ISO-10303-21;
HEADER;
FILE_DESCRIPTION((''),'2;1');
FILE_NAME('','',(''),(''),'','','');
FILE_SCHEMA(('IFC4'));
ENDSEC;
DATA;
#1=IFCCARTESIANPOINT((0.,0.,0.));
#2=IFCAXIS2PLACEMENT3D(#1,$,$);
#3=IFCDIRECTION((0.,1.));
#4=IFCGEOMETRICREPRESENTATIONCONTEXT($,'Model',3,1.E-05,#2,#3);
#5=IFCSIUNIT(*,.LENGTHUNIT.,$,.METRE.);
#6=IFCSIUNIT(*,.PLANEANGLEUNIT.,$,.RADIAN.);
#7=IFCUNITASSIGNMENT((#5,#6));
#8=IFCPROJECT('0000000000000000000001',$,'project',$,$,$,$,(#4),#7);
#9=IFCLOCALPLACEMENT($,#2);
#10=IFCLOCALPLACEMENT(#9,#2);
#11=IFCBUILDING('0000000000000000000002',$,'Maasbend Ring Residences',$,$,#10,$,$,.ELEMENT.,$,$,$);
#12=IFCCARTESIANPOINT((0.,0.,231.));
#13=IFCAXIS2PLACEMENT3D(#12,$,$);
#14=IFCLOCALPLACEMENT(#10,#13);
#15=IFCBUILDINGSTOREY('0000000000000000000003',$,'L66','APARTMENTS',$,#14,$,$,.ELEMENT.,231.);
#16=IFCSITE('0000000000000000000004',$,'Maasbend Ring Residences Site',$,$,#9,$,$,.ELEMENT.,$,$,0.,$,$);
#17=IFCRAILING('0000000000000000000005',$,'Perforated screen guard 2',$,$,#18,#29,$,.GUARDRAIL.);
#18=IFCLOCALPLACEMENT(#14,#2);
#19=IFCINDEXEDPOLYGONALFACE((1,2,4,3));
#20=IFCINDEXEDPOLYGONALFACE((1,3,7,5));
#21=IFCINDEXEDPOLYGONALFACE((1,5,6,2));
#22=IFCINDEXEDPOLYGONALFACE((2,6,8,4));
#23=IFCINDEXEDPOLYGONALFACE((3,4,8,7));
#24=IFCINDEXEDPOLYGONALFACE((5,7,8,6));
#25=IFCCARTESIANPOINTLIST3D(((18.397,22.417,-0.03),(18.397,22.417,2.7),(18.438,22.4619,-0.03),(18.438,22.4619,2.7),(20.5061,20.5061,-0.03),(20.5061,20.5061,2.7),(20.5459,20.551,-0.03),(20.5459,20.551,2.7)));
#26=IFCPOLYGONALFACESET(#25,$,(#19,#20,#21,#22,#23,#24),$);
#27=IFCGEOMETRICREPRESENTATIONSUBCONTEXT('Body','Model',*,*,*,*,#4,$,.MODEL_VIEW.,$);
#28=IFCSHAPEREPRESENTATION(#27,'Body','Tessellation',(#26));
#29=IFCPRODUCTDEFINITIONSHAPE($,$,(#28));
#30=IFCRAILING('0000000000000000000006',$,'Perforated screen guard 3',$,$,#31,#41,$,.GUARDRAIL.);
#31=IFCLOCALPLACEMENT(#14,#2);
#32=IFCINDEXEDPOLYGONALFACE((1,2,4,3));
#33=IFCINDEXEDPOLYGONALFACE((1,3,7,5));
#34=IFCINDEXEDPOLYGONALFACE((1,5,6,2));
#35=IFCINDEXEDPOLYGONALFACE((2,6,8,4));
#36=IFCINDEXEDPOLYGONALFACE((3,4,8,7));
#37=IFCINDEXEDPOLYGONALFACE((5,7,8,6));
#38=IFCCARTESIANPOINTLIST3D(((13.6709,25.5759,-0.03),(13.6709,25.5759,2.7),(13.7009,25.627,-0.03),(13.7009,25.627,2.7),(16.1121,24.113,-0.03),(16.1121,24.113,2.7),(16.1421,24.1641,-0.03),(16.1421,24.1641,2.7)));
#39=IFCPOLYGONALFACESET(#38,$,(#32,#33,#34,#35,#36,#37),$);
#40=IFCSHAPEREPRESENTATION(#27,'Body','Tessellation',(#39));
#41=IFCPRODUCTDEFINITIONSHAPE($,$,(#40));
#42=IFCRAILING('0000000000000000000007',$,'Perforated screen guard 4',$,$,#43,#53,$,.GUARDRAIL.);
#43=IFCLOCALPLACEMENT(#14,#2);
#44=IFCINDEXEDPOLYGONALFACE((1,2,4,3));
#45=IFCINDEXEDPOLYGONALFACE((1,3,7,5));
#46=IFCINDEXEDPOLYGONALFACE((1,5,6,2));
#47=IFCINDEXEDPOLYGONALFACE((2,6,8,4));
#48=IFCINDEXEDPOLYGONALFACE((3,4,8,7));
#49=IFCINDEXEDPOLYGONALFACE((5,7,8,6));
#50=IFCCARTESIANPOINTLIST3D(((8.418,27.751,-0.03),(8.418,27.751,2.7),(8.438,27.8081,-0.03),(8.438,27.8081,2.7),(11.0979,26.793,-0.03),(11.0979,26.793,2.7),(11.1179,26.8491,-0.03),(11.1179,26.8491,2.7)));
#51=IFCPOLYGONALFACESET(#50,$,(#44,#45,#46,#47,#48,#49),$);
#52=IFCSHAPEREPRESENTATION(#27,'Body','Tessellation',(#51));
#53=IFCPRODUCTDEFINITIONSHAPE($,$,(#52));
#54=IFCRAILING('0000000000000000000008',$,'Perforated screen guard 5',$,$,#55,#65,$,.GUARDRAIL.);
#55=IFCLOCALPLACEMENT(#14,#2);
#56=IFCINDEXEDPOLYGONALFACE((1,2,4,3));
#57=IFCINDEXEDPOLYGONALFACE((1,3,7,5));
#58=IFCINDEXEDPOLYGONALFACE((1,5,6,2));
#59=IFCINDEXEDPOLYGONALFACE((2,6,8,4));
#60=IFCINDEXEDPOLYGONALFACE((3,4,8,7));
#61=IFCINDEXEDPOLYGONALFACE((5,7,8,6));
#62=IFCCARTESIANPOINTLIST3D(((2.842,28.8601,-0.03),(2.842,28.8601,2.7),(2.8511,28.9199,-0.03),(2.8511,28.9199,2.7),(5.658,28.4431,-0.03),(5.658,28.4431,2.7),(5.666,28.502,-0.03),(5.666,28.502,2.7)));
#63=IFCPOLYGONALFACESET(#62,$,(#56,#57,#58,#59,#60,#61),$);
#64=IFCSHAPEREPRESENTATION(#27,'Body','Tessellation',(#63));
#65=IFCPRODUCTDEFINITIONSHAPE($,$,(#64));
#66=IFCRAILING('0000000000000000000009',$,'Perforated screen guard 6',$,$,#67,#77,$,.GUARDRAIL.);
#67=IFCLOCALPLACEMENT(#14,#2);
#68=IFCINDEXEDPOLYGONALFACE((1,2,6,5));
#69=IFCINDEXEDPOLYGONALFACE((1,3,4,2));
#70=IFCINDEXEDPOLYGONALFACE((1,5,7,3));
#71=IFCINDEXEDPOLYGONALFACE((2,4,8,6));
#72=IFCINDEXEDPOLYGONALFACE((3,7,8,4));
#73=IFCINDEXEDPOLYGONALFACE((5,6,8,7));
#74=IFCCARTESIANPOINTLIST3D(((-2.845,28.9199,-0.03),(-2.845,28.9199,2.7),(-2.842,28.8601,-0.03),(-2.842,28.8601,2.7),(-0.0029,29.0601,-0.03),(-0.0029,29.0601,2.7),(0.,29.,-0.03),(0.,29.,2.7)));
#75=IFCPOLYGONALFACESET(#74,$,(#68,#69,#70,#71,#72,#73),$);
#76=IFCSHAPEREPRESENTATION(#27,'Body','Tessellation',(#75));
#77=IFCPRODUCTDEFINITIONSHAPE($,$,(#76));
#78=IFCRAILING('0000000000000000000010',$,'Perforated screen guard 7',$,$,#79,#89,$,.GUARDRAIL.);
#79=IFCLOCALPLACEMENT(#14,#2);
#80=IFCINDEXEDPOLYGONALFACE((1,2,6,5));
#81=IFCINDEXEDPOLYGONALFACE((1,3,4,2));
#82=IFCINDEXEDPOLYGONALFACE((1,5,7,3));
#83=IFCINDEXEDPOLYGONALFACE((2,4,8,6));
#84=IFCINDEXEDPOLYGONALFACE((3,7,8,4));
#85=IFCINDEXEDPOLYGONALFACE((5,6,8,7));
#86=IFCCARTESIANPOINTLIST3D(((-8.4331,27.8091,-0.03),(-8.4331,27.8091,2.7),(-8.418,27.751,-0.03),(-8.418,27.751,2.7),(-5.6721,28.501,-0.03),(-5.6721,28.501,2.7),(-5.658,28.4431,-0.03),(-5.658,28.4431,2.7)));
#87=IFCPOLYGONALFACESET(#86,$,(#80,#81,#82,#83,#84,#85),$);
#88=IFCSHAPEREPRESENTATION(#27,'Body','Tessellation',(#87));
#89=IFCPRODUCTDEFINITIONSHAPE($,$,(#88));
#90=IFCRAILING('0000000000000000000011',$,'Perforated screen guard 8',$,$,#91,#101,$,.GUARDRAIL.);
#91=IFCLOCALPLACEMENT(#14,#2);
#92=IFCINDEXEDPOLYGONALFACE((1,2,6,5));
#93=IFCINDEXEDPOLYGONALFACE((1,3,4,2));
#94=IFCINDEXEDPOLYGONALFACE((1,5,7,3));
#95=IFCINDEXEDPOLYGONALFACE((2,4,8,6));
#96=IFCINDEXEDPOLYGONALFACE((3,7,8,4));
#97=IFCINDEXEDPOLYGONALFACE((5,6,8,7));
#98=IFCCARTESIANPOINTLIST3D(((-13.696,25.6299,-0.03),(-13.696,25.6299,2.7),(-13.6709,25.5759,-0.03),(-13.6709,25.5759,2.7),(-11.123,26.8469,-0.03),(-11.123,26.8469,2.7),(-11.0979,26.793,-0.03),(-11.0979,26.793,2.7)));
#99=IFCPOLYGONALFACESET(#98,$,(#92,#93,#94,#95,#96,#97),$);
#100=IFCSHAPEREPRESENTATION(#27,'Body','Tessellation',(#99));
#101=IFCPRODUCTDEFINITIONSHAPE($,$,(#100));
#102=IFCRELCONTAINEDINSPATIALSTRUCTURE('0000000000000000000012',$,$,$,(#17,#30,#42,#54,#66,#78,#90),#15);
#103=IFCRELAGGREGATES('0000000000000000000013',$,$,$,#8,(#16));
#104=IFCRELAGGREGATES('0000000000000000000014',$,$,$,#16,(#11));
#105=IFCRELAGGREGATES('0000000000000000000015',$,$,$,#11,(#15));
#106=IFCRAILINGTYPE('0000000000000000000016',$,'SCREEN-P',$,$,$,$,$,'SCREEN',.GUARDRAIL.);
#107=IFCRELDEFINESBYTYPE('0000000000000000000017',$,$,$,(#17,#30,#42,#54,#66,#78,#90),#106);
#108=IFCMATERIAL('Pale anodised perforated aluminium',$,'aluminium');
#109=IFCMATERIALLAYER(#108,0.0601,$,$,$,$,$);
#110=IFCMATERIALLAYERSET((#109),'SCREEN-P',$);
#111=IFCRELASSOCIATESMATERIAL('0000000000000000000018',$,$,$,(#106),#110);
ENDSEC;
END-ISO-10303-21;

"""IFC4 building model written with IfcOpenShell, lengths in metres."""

from ifc_helpers import new_model, si_unit, direction, frame, origin, place, context, subcontext, project, spatial, polyline, outline, extrude, material, layer, layer_set, type_object, element, save


model = new_model("IFC4")

# Units and contexts
model_context = context("Model", 3, precision=1e-05, world=origin(), true_north=direction((0.0, 1.0)))
body_context = subcontext(model_context, "Body", "Model", "MODEL_VIEW")
ifc_project = project(units=[si_unit("LENGTHUNIT", "METRE"), si_unit("PLANEANGLEUNIT", "RADIAN")], contexts=[model_context])

# Site, building, storey
site_placement = place(None, origin())
site = spatial("IfcSite", under=ifc_project, at=site_placement, Name="Maasbend Ring Residences Site", CompositionType="ELEMENT", RefElevation=0.0)
building_placement = place(site_placement, origin())
building = spatial("IfcBuilding", under=site, at=building_placement, Name="Maasbend Ring Residences", CompositionType="ELEMENT")
storey_placement = place(building_placement, frame((0.0, 0.0, 231.0)))
storey = spatial("IfcBuildingStorey", under=building, at=storey_placement, Name="L66", Description="APARTMENTS", CompositionType="ELEMENT", Elevation=231.0)

# Railings
ifc_material_1 = material(Name="Pale anodised perforated aluminium", Category="aluminium")
ifc_layer_1 = layer(ifc_material_1, 0.0601)
ifc_layer_set_1 = layer_set([ifc_layer_1], Name="SCREEN-P")
railing_type = type_object("IfcRailingType", Name="SCREEN-P", ElementType="SCREEN", PredefinedType="GUARDRAIL", material=ifc_layer_set_1)
railing_1_placement = place(storey_placement, frame((0.0, 0.0, -0.03)))
element("IfcRailing", 1, at=railing_1_placement, inside=storey, type_object=railing_type, Name="Perforated screen guard 2", PredefinedType="GUARDRAIL", context=body_context, shape_type="SweptSolid", body=[
    extrude(outline(polyline([(20.5061, 20.5061), (18.397, 22.417), (18.438, 22.4619), (20.5459, 20.551), (20.5061, 20.5061)])), origin(), (0.0, 0.0, 1.0), 2.73),
])
railing_2_placement = place(storey_placement, frame((0.0, 0.0, -0.03)))
element("IfcRailing", 2, at=railing_2_placement, inside=storey, type_object=railing_type, Name="Perforated screen guard 3", PredefinedType="GUARDRAIL", context=body_context, shape_type="SweptSolid", body=[
    extrude(outline(polyline([(16.1121, 24.113), (13.6709, 25.5759), (13.7009, 25.627), (16.1421, 24.1641), (16.1121, 24.113)])), origin(), (0.0, 0.0, 1.0), 2.73),
])
railing_3_placement = place(storey_placement, frame((0.0, 0.0, -0.03)))
element("IfcRailing", 3, at=railing_3_placement, inside=storey, type_object=railing_type, Name="Perforated screen guard 4", PredefinedType="GUARDRAIL", context=body_context, shape_type="SweptSolid", body=[
    extrude(outline(polyline([(11.0979, 26.793), (8.418, 27.751), (8.438, 27.8081), (11.1179, 26.8491), (11.0979, 26.793)])), origin(), (0.0, 0.0, 1.0), 2.73),
])
railing_4_placement = place(storey_placement, frame((0.0, 0.0, -0.03)))
element("IfcRailing", 4, at=railing_4_placement, inside=storey, type_object=railing_type, Name="Perforated screen guard 5", PredefinedType="GUARDRAIL", context=body_context, shape_type="SweptSolid", body=[
    extrude(outline(polyline([(5.658, 28.4431), (2.842, 28.8601), (2.8511, 28.9199), (5.666, 28.502), (5.658, 28.4431)])), origin(), (0.0, 0.0, 1.0), 2.73),
])
railing_5_placement = place(storey_placement, frame((0.0, 0.0, -0.03)))
element("IfcRailing", 5, at=railing_5_placement, inside=storey, type_object=railing_type, Name="Perforated screen guard 6", PredefinedType="GUARDRAIL", context=body_context, shape_type="SweptSolid", body=[
    extrude(outline(polyline([(0.0, 29.0), (-2.842, 28.8601), (-2.845, 28.9199), (-0.0029, 29.0601), (0.0, 29.0)])), origin(), (0.0, 0.0, 1.0), 2.73),
])
railing_6_placement = place(storey_placement, frame((0.0, 0.0, -0.03)))
element("IfcRailing", 6, at=railing_6_placement, inside=storey, type_object=railing_type, Name="Perforated screen guard 7", PredefinedType="GUARDRAIL", context=body_context, shape_type="SweptSolid", body=[
    extrude(outline(polyline([(-5.658, 28.4431), (-8.418, 27.751), (-8.4331, 27.8091), (-5.6721, 28.501), (-5.658, 28.4431)])), origin(), (0.0, 0.0, 1.0), 2.73),
])
railing_7_placement = place(storey_placement, frame((0.0, 0.0, -0.03)))
element("IfcRailing", 7, at=railing_7_placement, inside=storey, type_object=railing_type, Name="Perforated screen guard 8", PredefinedType="GUARDRAIL", context=body_context, shape_type="SweptSolid", body=[
    extrude(outline(polyline([(-11.0979, 26.793), (-13.6709, 25.5759), (-13.696, 25.6299), (-11.123, 26.8469), (-11.0979, 26.793)])), origin(), (0.0, 0.0, 1.0), 2.73),
])

save(model, "model.ifc")
